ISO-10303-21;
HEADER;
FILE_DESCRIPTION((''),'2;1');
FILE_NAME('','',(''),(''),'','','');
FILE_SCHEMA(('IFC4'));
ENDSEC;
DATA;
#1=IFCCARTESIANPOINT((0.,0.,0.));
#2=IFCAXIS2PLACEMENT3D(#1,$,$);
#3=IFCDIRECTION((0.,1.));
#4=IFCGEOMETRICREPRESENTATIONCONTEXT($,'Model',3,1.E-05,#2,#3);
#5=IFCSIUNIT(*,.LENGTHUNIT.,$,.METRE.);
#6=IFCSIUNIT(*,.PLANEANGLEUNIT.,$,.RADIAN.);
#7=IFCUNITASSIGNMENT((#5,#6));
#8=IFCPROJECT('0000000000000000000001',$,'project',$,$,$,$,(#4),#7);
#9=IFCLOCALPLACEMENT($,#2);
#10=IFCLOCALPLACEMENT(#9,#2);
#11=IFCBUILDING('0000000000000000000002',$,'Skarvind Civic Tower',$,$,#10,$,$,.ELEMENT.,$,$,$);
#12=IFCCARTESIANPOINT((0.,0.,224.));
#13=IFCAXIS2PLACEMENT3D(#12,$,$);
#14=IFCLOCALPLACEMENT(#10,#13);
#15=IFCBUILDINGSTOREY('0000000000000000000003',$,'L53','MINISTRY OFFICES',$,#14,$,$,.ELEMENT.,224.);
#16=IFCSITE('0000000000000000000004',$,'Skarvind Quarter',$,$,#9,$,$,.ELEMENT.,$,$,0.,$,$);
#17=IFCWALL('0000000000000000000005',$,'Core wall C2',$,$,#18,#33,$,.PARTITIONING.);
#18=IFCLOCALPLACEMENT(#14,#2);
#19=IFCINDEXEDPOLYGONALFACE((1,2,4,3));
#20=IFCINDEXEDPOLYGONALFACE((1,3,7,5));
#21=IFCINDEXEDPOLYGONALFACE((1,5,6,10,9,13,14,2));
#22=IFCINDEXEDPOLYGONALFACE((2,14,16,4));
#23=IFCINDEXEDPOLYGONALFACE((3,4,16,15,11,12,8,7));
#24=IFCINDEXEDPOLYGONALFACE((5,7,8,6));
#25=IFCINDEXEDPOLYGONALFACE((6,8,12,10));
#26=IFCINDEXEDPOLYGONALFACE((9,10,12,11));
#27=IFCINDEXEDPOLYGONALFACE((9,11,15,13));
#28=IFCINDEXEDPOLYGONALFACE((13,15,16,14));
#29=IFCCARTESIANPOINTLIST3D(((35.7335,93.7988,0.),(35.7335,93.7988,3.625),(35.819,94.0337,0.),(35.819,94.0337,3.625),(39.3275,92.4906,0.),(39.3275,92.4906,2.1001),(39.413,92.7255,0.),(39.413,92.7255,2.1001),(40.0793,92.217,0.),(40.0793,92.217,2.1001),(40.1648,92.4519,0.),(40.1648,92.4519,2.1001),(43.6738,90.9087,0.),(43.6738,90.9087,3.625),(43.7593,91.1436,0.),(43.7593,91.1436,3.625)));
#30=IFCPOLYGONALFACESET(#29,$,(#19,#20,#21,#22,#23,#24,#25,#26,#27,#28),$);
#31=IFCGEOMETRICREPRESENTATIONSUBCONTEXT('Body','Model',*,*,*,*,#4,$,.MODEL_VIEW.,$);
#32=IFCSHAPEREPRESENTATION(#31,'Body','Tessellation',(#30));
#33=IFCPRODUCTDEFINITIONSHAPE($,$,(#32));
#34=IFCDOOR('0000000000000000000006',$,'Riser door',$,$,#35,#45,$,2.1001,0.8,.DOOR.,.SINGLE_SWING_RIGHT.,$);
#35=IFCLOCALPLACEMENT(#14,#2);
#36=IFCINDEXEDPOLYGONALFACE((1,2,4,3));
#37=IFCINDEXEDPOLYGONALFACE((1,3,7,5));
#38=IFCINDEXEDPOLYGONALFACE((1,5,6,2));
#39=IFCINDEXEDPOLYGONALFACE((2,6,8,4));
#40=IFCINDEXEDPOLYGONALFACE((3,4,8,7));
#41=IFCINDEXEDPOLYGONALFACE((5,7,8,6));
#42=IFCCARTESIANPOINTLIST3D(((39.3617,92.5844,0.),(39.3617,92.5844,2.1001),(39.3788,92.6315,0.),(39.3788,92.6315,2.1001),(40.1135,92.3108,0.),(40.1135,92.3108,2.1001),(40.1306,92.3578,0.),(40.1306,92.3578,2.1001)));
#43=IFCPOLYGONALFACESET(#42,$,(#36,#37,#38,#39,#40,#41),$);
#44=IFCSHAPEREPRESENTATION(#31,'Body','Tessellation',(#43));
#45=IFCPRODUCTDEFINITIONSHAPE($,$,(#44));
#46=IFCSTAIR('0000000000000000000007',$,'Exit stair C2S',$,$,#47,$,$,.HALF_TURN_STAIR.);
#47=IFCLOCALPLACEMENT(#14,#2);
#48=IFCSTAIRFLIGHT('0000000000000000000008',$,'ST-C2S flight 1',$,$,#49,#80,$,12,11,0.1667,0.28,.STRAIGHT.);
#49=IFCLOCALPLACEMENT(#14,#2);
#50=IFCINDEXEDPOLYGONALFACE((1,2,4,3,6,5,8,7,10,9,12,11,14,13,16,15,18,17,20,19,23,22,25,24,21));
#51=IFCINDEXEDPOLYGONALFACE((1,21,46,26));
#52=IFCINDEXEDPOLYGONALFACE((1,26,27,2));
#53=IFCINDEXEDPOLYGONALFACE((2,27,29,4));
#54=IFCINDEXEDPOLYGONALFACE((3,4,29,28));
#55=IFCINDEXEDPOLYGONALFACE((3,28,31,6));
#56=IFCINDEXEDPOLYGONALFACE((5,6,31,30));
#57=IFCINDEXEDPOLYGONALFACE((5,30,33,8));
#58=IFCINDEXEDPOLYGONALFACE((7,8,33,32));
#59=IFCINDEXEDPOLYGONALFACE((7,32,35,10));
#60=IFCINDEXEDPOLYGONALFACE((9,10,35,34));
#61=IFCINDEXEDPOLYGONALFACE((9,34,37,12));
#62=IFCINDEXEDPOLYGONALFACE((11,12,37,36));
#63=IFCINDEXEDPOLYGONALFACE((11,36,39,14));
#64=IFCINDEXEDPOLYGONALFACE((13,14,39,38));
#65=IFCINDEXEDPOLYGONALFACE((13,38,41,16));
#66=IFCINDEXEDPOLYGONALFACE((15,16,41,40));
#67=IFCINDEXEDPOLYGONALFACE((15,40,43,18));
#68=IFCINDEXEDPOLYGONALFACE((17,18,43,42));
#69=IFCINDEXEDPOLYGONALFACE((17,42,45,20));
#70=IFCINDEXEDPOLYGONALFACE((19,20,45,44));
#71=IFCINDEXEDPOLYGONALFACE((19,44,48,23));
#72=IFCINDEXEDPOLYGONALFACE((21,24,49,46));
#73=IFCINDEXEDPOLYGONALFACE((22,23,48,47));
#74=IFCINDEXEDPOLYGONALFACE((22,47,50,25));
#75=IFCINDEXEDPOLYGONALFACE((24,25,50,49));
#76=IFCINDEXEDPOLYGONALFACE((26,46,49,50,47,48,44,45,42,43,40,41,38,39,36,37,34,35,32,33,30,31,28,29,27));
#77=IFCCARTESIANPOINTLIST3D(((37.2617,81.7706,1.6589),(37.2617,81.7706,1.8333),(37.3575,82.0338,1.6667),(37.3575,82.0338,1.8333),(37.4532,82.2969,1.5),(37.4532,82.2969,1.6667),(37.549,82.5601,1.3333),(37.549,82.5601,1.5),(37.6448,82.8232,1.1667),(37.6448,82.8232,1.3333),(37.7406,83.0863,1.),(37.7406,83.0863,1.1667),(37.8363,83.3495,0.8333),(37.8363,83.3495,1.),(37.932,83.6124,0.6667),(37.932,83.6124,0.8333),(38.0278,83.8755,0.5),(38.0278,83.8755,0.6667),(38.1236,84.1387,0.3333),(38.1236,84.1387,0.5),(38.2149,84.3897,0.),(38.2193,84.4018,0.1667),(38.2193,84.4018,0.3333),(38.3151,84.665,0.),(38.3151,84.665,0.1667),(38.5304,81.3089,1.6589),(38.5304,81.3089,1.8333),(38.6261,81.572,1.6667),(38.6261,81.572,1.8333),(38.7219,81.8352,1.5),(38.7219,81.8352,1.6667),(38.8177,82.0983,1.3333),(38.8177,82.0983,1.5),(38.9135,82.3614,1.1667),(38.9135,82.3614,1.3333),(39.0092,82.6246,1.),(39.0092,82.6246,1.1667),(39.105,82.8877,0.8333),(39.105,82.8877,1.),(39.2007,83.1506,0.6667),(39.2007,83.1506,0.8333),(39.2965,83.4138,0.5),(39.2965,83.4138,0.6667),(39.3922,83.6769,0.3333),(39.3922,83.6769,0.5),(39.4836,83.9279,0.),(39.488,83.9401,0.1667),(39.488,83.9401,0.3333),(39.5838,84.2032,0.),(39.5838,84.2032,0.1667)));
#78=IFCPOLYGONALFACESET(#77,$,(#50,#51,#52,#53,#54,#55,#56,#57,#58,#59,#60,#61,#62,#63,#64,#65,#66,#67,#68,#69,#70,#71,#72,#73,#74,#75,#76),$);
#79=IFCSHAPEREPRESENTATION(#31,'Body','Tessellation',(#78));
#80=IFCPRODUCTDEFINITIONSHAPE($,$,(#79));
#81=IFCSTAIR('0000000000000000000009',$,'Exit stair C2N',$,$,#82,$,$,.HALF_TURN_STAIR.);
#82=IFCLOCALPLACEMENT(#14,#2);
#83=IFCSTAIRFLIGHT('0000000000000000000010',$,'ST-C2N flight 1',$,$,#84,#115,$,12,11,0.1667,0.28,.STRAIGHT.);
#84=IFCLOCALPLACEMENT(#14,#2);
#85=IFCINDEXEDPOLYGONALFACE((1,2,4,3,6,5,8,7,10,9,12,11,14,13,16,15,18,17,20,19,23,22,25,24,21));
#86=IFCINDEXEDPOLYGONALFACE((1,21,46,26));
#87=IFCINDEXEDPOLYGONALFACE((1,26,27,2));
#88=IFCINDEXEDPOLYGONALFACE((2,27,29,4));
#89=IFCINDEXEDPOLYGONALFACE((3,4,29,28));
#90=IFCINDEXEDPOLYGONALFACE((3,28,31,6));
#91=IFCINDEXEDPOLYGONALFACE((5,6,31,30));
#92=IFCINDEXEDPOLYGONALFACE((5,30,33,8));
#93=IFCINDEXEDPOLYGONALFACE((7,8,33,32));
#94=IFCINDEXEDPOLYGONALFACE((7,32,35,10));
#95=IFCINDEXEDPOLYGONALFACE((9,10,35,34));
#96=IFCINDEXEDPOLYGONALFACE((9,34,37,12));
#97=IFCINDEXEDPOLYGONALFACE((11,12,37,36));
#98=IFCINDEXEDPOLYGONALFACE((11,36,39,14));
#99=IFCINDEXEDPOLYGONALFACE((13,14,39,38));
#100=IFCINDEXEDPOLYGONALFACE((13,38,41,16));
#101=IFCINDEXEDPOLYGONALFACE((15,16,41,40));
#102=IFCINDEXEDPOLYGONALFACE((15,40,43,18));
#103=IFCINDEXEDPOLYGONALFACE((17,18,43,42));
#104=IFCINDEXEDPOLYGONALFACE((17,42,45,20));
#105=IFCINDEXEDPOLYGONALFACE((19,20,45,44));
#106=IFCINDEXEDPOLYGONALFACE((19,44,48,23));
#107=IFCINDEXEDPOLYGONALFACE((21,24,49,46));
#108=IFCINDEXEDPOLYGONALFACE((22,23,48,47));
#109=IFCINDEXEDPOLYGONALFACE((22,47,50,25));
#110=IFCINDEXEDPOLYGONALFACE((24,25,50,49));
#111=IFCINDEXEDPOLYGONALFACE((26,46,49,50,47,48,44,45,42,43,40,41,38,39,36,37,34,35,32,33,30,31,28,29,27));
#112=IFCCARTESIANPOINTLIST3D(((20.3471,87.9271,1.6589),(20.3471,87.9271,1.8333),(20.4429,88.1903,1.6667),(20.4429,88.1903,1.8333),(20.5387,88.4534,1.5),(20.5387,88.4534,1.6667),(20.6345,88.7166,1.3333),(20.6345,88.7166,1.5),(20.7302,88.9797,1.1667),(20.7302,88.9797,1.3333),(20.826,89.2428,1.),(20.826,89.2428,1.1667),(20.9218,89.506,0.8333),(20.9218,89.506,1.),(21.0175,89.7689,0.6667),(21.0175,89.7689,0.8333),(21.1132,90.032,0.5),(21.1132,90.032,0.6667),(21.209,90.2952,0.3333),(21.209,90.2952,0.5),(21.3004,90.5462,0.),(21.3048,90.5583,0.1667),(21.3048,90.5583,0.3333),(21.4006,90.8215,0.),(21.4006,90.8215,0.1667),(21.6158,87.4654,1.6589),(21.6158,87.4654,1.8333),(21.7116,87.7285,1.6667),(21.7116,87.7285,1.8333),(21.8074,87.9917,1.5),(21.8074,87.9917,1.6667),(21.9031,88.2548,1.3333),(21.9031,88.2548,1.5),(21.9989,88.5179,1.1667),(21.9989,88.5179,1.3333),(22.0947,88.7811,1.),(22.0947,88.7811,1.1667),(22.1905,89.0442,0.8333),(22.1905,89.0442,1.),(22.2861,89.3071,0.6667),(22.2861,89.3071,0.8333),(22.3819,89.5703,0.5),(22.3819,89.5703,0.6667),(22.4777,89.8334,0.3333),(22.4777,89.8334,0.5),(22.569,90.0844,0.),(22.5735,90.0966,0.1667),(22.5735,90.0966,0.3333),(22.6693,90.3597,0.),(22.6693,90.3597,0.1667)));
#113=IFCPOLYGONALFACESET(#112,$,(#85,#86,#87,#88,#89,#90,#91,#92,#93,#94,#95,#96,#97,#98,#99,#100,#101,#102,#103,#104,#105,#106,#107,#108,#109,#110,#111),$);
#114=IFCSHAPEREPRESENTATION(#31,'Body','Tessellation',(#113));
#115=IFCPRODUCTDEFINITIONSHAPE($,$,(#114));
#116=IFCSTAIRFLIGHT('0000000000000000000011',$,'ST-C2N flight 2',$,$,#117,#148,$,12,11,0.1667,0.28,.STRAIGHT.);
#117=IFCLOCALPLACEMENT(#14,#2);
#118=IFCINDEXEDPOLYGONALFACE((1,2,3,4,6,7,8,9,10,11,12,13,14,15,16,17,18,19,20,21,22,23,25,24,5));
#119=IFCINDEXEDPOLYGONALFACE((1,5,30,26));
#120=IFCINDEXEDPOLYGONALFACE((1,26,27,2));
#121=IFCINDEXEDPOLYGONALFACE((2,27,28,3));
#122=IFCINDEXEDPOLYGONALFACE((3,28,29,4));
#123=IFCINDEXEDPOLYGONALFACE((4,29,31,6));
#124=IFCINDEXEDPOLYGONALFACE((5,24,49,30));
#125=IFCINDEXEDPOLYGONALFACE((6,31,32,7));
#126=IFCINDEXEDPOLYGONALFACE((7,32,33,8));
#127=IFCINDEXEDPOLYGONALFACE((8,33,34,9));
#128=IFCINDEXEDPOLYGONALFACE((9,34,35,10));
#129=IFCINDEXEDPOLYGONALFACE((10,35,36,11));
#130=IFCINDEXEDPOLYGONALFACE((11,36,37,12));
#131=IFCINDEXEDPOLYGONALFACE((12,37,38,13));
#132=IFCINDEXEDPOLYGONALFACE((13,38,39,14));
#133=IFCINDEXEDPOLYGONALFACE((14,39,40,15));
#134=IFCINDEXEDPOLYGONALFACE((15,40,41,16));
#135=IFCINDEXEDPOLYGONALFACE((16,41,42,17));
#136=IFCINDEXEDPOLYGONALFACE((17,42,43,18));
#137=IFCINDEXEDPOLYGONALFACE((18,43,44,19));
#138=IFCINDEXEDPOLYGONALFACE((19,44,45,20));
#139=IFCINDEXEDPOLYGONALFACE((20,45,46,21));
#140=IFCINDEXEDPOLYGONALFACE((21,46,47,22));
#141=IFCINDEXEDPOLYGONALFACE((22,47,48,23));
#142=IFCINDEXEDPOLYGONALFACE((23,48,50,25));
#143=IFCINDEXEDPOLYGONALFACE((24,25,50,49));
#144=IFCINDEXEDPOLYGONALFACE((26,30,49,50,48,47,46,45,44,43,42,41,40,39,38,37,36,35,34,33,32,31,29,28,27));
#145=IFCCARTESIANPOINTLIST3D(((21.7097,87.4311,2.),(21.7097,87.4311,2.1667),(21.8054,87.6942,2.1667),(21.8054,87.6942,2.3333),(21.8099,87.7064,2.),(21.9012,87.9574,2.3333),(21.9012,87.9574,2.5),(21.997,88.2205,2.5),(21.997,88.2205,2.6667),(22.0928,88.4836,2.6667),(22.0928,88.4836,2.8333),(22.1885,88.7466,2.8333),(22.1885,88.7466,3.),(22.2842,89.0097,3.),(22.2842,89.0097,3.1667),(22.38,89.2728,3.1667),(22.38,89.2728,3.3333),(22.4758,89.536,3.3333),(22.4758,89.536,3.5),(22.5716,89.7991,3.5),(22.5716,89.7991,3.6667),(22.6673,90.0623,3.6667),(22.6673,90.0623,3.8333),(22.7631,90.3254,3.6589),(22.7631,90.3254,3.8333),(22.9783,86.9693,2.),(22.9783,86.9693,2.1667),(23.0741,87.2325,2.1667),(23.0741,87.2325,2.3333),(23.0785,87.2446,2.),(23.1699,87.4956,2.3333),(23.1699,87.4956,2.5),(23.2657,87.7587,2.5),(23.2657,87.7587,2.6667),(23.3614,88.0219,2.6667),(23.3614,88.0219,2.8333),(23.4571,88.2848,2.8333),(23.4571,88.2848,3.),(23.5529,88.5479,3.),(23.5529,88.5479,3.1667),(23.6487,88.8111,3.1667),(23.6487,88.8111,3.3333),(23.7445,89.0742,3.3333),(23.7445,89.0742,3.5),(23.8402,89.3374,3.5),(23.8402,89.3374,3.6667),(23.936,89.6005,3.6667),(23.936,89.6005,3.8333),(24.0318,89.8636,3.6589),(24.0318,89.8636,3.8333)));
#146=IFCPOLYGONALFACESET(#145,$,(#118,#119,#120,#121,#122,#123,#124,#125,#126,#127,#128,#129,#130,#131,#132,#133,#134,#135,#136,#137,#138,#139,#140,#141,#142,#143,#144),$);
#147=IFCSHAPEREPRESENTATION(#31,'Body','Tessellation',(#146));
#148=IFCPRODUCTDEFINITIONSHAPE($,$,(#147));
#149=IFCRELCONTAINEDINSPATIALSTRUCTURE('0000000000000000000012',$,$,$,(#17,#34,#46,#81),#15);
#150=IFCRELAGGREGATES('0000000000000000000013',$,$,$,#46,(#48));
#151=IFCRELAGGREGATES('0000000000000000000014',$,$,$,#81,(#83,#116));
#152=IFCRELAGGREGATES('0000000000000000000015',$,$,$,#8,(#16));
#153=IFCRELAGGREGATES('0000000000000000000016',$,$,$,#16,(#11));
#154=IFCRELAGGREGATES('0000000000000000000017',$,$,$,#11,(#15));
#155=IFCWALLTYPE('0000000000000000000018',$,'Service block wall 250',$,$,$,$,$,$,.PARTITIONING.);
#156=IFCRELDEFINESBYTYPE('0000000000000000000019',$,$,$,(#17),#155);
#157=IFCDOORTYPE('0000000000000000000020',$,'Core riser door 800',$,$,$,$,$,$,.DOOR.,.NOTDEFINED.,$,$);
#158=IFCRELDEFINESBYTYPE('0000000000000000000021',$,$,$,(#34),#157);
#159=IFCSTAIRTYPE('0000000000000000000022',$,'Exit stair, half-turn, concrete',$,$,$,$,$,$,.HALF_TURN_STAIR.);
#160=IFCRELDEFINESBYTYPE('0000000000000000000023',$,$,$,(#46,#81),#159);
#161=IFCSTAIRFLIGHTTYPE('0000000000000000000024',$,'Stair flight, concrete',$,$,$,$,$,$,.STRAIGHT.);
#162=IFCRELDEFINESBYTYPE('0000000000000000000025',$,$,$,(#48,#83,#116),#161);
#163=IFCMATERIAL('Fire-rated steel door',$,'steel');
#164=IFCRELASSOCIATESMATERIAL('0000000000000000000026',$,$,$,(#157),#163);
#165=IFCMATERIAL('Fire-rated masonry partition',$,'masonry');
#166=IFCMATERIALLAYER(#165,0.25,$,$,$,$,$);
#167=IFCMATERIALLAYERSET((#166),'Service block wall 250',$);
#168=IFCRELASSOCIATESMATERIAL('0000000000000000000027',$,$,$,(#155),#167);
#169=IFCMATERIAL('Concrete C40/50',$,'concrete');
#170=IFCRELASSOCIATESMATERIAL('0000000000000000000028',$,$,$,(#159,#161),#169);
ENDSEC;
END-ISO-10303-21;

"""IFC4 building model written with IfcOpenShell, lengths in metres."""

from ifc_helpers import new_model, si_unit, direction, frame, frame_2d, origin, place, context, subcontext, project, spatial, polyline, rectangle, outline, extrude, material, layer, layer_set, type_object, element, fill, aggregate, save


model = new_model("IFC4")

# Units and contexts
model_context = context("Model", 3, precision=1e-05, world=origin(), true_north=direction((0.0, 1.0)))
body_context = subcontext(model_context, "Body", "Model", "MODEL_VIEW")
ifc_project = project(units=[si_unit("LENGTHUNIT", "METRE"), si_unit("PLANEANGLEUNIT", "RADIAN")], contexts=[model_context])

# Site, building, storey
site_placement = place(None, origin())
site = spatial("IfcSite", under=ifc_project, at=site_placement, Name="Skarvind Quarter", CompositionType="ELEMENT", RefElevation=0.0)
building_placement = place(site_placement, origin())
building = spatial("IfcBuilding", under=site, at=building_placement, Name="Skarvind Civic Tower", CompositionType="ELEMENT")
storey_placement = place(building_placement, frame((0.0, 0.0, 224.0)))
storey = spatial("IfcBuildingStorey", under=building, at=storey_placement, Name="L53", Description="MINISTRY OFFICES", CompositionType="ELEMENT", Elevation=224.0)

# Shared definitions
ifc_material_1 = material(Name="Fire-rated masonry partition", Category="masonry")
ifc_material_2 = material(Name="Fire-rated steel door", Category="steel")

# Wall, opening, door
door_type_1 = type_object("IfcDoorType", Name="Core riser door 800", OperationType="NOTDEFINED", PredefinedType="DOOR", material=ifc_material_2)
ifc_layer_1 = layer(ifc_material_1, 0.25)
ifc_layer_set_1 = layer_set([ifc_layer_1], Name="Service block wall 250")
wall_type_1 = type_object("IfcWallType", Name="Service block wall 250", PredefinedType="PARTITIONING", material=ifc_layer_set_1)
wall_1_placement = place(storey_placement, frame((35.7761, 93.9163, 0.0), z_axis=(0.0, 0.0, 1.0), x_axis=(0.93969, -0.342026, 0.0)))
wall_1 = element("IfcWall", 1, at=wall_1_placement, inside=storey, type_object=wall_type_1, Name="Core wall C2", PredefinedType="PARTITIONING", context=body_context, shape_type="SweptSolid", body=[
    extrude(rectangle(XDim=8.45, YDim=0.25, at=frame_2d((4.2251, 0.0))), origin(), (0.0, 0.0, 1.0), 3.625),
])
opening_1_placement = place(wall_1_placement, frame((3.825, 0.0, 0.0)))
opening_1 = element("IfcOpeningElement", 2, at=opening_1_placement, cuts=wall_1, PredefinedType="OPENING", context=body_context, shape_type="SweptSolid", body=[
    extrude(rectangle(XDim=0.8, YDim=2.1001, at=frame_2d((0.3999, 1.05))), frame((0.0, 0.135, 0.0), z_axis=(0.0, -1.0, 0.0), x_axis=(1.0, 0.0, 0.0)), (0.0, 0.0, 1.0), 0.27),
])
door_1_placement = place(opening_1_placement, origin())
door_1 = element("IfcDoor", 3, at=door_1_placement, inside=storey, type_object=door_type_1, Name="Riser door", OperationType="SINGLE_SWING_RIGHT", OverallHeight=2.1001, OverallWidth=0.8, PredefinedType="DOOR", context=body_context, shape_type="SweptSolid", body=[
    extrude(rectangle(XDim=0.8, YDim=2.1001, at=frame_2d((0.3999, 1.05))), frame((0.0, 0.0249, 0.0), z_axis=(0.0, -1.0, 0.0), x_axis=(1.0, 0.0, 0.0)), (0.0, 0.0, 1.0), 0.05),
])
fill(opening_1, door_1)

# Stair, stair flight
ifc_material_3 = material(Name="Concrete C40/50", Category="concrete")
stair_type = type_object("IfcStairType", Name="Exit stair, half-turn, concrete", PredefinedType="HALF_TURN_STAIR", material=ifc_material_3)
stair_1_placement = place(storey_placement, origin())
stair_1 = element("IfcStair", 4, at=stair_1_placement, inside=storey, type_object=stair_type, Name="Exit stair C2S", PredefinedType="HALF_TURN_STAIR")
stair_flight_type = type_object("IfcStairFlightType", Name="Stair flight, concrete", PredefinedType="STRAIGHT", material=ifc_material_3)
stair_flight_1_placement = place(storey_placement, frame((38.9495, 84.4341, 0.0), z_axis=(0.0, 0.0, 1.0), x_axis=(-0.34202, -0.939693, 0.0)))
stair_flight_1 = element("IfcStairFlight", 5, at=stair_flight_1_placement, type_object=stair_flight_type, Name="ST-C2S flight 1", NumberOfRisers=12, NumberOfTreads=11, PredefinedType="STRAIGHT", RiserHeight=0.1667, TreadLength=0.28, context=body_context, shape_type="SweptSolid", body=[
    extrude(outline(polyline([(0.0, 0.0), (0.0, 0.1667), (0.28, 0.1667), (0.28, 0.3333), (0.5601, 0.3333), (0.5601, 0.5), (0.8401, 0.5), (0.8401, 0.6667), (1.1201, 0.6667), (1.1201, 0.8333), (1.3999, 0.8333), (1.3999, 1.0), (1.6799, 1.0), (1.6799, 1.1667), (1.96, 1.1667), (1.96, 1.3333), (2.24, 1.3333), (2.24, 1.5), (2.52, 1.5), (2.52, 1.6667), (2.8, 1.6667), (2.8, 1.8333), (3.0801, 1.8333), (3.0801, 2.0), (3.0801, 1.6589), (0.293, 0.0), (0.0, 0.0)])), frame((0.0, 0.675, 0.0), z_axis=(0.0, -1.0, 0.0), x_axis=(1.0, 0.0, 0.0)), (0.0, 0.0, 1.0), 1.3501),
])
aggregate(stair_1, [stair_flight_1])

# Stair, stair flights
stair_2_placement = place(storey_placement, origin())
stair_2 = element("IfcStair", 6, at=stair_2_placement, inside=storey, type_object=stair_type, Name="Exit stair C2N", PredefinedType="HALF_TURN_STAIR")
stair_flight_2_placement = place(storey_placement, frame((22.0349, 90.5906, 0.0), z_axis=(0.0, 0.0, 1.0), x_axis=(-0.34202, -0.939693, 0.0)))
stair_flight_2 = element("IfcStairFlight", 7, at=stair_flight_2_placement, type_object=stair_flight_type, Name="ST-C2N flight 1", NumberOfRisers=12, NumberOfTreads=11, PredefinedType="STRAIGHT", RiserHeight=0.1667, TreadLength=0.28, context=body_context, shape_type="SweptSolid", body=[
    extrude(outline(polyline([(0.0, 0.0), (0.0, 0.1667), (0.28, 0.1667), (0.28, 0.3333), (0.5601, 0.3333), (0.5601, 0.5), (0.8401, 0.5), (0.8401, 0.6667), (1.1201, 0.6667), (1.1201, 0.8333), (1.3999, 0.8333), (1.3999, 1.0), (1.6799, 1.0), (1.6799, 1.1667), (1.96, 1.1667), (1.96, 1.3333), (2.24, 1.3333), (2.24, 1.5), (2.52, 1.5), (2.52, 1.6667), (2.8, 1.6667), (2.8, 1.8333), (3.0801, 1.8333), (3.0801, 2.0), (3.0801, 1.6589), (0.293, 0.0), (0.0, 0.0)])), frame((0.0, 0.675, 0.0), z_axis=(0.0, -1.0, 0.0), x_axis=(1.0, 0.0, 0.0)), (0.0, 0.0, 1.0), 1.3501),
])
stair_flight_3_placement = place(storey_placement, frame((22.344, 87.2002, 2.0), z_axis=(0.0, 0.0, 1.0), x_axis=(0.34202, 0.939693, 0.0)))
stair_flight_3 = element("IfcStairFlight", 8, at=stair_flight_3_placement, type_object=stair_flight_type, Name="ST-C2N flight 2", NumberOfRisers=12, NumberOfTreads=11, PredefinedType="STRAIGHT", RiserHeight=0.1667, TreadLength=0.28, context=body_context, shape_type="SweptSolid", body=[
    extrude(outline(polyline([(0.0, 0.0), (0.0, 0.1667), (0.28, 0.1667), (0.28, 0.3333), (0.5601, 0.3333), (0.5601, 0.5), (0.8401, 0.5), (0.8401, 0.6667), (1.1201, 0.6667), (1.1201, 0.8333), (1.3999, 0.8333), (1.3999, 1.0), (1.6799, 1.0), (1.6799, 1.1667), (1.96, 1.1667), (1.96, 1.3333), (2.24, 1.3333), (2.24, 1.5), (2.52, 1.5), (2.52, 1.6667), (2.8, 1.6667), (2.8, 1.8333), (3.0801, 1.8333), (3.0801, 2.0), (3.0801, 1.6589), (0.293, 0.0), (0.0, 0.0)])), frame((0.0, 0.675, 0.0), z_axis=(0.0, -1.0, 0.0), x_axis=(1.0, 0.0, 0.0)), (0.0, 0.0, 1.0), 1.3501),
])
aggregate(stair_2, [stair_flight_2, stair_flight_3])

save(model, "model.ifc")
